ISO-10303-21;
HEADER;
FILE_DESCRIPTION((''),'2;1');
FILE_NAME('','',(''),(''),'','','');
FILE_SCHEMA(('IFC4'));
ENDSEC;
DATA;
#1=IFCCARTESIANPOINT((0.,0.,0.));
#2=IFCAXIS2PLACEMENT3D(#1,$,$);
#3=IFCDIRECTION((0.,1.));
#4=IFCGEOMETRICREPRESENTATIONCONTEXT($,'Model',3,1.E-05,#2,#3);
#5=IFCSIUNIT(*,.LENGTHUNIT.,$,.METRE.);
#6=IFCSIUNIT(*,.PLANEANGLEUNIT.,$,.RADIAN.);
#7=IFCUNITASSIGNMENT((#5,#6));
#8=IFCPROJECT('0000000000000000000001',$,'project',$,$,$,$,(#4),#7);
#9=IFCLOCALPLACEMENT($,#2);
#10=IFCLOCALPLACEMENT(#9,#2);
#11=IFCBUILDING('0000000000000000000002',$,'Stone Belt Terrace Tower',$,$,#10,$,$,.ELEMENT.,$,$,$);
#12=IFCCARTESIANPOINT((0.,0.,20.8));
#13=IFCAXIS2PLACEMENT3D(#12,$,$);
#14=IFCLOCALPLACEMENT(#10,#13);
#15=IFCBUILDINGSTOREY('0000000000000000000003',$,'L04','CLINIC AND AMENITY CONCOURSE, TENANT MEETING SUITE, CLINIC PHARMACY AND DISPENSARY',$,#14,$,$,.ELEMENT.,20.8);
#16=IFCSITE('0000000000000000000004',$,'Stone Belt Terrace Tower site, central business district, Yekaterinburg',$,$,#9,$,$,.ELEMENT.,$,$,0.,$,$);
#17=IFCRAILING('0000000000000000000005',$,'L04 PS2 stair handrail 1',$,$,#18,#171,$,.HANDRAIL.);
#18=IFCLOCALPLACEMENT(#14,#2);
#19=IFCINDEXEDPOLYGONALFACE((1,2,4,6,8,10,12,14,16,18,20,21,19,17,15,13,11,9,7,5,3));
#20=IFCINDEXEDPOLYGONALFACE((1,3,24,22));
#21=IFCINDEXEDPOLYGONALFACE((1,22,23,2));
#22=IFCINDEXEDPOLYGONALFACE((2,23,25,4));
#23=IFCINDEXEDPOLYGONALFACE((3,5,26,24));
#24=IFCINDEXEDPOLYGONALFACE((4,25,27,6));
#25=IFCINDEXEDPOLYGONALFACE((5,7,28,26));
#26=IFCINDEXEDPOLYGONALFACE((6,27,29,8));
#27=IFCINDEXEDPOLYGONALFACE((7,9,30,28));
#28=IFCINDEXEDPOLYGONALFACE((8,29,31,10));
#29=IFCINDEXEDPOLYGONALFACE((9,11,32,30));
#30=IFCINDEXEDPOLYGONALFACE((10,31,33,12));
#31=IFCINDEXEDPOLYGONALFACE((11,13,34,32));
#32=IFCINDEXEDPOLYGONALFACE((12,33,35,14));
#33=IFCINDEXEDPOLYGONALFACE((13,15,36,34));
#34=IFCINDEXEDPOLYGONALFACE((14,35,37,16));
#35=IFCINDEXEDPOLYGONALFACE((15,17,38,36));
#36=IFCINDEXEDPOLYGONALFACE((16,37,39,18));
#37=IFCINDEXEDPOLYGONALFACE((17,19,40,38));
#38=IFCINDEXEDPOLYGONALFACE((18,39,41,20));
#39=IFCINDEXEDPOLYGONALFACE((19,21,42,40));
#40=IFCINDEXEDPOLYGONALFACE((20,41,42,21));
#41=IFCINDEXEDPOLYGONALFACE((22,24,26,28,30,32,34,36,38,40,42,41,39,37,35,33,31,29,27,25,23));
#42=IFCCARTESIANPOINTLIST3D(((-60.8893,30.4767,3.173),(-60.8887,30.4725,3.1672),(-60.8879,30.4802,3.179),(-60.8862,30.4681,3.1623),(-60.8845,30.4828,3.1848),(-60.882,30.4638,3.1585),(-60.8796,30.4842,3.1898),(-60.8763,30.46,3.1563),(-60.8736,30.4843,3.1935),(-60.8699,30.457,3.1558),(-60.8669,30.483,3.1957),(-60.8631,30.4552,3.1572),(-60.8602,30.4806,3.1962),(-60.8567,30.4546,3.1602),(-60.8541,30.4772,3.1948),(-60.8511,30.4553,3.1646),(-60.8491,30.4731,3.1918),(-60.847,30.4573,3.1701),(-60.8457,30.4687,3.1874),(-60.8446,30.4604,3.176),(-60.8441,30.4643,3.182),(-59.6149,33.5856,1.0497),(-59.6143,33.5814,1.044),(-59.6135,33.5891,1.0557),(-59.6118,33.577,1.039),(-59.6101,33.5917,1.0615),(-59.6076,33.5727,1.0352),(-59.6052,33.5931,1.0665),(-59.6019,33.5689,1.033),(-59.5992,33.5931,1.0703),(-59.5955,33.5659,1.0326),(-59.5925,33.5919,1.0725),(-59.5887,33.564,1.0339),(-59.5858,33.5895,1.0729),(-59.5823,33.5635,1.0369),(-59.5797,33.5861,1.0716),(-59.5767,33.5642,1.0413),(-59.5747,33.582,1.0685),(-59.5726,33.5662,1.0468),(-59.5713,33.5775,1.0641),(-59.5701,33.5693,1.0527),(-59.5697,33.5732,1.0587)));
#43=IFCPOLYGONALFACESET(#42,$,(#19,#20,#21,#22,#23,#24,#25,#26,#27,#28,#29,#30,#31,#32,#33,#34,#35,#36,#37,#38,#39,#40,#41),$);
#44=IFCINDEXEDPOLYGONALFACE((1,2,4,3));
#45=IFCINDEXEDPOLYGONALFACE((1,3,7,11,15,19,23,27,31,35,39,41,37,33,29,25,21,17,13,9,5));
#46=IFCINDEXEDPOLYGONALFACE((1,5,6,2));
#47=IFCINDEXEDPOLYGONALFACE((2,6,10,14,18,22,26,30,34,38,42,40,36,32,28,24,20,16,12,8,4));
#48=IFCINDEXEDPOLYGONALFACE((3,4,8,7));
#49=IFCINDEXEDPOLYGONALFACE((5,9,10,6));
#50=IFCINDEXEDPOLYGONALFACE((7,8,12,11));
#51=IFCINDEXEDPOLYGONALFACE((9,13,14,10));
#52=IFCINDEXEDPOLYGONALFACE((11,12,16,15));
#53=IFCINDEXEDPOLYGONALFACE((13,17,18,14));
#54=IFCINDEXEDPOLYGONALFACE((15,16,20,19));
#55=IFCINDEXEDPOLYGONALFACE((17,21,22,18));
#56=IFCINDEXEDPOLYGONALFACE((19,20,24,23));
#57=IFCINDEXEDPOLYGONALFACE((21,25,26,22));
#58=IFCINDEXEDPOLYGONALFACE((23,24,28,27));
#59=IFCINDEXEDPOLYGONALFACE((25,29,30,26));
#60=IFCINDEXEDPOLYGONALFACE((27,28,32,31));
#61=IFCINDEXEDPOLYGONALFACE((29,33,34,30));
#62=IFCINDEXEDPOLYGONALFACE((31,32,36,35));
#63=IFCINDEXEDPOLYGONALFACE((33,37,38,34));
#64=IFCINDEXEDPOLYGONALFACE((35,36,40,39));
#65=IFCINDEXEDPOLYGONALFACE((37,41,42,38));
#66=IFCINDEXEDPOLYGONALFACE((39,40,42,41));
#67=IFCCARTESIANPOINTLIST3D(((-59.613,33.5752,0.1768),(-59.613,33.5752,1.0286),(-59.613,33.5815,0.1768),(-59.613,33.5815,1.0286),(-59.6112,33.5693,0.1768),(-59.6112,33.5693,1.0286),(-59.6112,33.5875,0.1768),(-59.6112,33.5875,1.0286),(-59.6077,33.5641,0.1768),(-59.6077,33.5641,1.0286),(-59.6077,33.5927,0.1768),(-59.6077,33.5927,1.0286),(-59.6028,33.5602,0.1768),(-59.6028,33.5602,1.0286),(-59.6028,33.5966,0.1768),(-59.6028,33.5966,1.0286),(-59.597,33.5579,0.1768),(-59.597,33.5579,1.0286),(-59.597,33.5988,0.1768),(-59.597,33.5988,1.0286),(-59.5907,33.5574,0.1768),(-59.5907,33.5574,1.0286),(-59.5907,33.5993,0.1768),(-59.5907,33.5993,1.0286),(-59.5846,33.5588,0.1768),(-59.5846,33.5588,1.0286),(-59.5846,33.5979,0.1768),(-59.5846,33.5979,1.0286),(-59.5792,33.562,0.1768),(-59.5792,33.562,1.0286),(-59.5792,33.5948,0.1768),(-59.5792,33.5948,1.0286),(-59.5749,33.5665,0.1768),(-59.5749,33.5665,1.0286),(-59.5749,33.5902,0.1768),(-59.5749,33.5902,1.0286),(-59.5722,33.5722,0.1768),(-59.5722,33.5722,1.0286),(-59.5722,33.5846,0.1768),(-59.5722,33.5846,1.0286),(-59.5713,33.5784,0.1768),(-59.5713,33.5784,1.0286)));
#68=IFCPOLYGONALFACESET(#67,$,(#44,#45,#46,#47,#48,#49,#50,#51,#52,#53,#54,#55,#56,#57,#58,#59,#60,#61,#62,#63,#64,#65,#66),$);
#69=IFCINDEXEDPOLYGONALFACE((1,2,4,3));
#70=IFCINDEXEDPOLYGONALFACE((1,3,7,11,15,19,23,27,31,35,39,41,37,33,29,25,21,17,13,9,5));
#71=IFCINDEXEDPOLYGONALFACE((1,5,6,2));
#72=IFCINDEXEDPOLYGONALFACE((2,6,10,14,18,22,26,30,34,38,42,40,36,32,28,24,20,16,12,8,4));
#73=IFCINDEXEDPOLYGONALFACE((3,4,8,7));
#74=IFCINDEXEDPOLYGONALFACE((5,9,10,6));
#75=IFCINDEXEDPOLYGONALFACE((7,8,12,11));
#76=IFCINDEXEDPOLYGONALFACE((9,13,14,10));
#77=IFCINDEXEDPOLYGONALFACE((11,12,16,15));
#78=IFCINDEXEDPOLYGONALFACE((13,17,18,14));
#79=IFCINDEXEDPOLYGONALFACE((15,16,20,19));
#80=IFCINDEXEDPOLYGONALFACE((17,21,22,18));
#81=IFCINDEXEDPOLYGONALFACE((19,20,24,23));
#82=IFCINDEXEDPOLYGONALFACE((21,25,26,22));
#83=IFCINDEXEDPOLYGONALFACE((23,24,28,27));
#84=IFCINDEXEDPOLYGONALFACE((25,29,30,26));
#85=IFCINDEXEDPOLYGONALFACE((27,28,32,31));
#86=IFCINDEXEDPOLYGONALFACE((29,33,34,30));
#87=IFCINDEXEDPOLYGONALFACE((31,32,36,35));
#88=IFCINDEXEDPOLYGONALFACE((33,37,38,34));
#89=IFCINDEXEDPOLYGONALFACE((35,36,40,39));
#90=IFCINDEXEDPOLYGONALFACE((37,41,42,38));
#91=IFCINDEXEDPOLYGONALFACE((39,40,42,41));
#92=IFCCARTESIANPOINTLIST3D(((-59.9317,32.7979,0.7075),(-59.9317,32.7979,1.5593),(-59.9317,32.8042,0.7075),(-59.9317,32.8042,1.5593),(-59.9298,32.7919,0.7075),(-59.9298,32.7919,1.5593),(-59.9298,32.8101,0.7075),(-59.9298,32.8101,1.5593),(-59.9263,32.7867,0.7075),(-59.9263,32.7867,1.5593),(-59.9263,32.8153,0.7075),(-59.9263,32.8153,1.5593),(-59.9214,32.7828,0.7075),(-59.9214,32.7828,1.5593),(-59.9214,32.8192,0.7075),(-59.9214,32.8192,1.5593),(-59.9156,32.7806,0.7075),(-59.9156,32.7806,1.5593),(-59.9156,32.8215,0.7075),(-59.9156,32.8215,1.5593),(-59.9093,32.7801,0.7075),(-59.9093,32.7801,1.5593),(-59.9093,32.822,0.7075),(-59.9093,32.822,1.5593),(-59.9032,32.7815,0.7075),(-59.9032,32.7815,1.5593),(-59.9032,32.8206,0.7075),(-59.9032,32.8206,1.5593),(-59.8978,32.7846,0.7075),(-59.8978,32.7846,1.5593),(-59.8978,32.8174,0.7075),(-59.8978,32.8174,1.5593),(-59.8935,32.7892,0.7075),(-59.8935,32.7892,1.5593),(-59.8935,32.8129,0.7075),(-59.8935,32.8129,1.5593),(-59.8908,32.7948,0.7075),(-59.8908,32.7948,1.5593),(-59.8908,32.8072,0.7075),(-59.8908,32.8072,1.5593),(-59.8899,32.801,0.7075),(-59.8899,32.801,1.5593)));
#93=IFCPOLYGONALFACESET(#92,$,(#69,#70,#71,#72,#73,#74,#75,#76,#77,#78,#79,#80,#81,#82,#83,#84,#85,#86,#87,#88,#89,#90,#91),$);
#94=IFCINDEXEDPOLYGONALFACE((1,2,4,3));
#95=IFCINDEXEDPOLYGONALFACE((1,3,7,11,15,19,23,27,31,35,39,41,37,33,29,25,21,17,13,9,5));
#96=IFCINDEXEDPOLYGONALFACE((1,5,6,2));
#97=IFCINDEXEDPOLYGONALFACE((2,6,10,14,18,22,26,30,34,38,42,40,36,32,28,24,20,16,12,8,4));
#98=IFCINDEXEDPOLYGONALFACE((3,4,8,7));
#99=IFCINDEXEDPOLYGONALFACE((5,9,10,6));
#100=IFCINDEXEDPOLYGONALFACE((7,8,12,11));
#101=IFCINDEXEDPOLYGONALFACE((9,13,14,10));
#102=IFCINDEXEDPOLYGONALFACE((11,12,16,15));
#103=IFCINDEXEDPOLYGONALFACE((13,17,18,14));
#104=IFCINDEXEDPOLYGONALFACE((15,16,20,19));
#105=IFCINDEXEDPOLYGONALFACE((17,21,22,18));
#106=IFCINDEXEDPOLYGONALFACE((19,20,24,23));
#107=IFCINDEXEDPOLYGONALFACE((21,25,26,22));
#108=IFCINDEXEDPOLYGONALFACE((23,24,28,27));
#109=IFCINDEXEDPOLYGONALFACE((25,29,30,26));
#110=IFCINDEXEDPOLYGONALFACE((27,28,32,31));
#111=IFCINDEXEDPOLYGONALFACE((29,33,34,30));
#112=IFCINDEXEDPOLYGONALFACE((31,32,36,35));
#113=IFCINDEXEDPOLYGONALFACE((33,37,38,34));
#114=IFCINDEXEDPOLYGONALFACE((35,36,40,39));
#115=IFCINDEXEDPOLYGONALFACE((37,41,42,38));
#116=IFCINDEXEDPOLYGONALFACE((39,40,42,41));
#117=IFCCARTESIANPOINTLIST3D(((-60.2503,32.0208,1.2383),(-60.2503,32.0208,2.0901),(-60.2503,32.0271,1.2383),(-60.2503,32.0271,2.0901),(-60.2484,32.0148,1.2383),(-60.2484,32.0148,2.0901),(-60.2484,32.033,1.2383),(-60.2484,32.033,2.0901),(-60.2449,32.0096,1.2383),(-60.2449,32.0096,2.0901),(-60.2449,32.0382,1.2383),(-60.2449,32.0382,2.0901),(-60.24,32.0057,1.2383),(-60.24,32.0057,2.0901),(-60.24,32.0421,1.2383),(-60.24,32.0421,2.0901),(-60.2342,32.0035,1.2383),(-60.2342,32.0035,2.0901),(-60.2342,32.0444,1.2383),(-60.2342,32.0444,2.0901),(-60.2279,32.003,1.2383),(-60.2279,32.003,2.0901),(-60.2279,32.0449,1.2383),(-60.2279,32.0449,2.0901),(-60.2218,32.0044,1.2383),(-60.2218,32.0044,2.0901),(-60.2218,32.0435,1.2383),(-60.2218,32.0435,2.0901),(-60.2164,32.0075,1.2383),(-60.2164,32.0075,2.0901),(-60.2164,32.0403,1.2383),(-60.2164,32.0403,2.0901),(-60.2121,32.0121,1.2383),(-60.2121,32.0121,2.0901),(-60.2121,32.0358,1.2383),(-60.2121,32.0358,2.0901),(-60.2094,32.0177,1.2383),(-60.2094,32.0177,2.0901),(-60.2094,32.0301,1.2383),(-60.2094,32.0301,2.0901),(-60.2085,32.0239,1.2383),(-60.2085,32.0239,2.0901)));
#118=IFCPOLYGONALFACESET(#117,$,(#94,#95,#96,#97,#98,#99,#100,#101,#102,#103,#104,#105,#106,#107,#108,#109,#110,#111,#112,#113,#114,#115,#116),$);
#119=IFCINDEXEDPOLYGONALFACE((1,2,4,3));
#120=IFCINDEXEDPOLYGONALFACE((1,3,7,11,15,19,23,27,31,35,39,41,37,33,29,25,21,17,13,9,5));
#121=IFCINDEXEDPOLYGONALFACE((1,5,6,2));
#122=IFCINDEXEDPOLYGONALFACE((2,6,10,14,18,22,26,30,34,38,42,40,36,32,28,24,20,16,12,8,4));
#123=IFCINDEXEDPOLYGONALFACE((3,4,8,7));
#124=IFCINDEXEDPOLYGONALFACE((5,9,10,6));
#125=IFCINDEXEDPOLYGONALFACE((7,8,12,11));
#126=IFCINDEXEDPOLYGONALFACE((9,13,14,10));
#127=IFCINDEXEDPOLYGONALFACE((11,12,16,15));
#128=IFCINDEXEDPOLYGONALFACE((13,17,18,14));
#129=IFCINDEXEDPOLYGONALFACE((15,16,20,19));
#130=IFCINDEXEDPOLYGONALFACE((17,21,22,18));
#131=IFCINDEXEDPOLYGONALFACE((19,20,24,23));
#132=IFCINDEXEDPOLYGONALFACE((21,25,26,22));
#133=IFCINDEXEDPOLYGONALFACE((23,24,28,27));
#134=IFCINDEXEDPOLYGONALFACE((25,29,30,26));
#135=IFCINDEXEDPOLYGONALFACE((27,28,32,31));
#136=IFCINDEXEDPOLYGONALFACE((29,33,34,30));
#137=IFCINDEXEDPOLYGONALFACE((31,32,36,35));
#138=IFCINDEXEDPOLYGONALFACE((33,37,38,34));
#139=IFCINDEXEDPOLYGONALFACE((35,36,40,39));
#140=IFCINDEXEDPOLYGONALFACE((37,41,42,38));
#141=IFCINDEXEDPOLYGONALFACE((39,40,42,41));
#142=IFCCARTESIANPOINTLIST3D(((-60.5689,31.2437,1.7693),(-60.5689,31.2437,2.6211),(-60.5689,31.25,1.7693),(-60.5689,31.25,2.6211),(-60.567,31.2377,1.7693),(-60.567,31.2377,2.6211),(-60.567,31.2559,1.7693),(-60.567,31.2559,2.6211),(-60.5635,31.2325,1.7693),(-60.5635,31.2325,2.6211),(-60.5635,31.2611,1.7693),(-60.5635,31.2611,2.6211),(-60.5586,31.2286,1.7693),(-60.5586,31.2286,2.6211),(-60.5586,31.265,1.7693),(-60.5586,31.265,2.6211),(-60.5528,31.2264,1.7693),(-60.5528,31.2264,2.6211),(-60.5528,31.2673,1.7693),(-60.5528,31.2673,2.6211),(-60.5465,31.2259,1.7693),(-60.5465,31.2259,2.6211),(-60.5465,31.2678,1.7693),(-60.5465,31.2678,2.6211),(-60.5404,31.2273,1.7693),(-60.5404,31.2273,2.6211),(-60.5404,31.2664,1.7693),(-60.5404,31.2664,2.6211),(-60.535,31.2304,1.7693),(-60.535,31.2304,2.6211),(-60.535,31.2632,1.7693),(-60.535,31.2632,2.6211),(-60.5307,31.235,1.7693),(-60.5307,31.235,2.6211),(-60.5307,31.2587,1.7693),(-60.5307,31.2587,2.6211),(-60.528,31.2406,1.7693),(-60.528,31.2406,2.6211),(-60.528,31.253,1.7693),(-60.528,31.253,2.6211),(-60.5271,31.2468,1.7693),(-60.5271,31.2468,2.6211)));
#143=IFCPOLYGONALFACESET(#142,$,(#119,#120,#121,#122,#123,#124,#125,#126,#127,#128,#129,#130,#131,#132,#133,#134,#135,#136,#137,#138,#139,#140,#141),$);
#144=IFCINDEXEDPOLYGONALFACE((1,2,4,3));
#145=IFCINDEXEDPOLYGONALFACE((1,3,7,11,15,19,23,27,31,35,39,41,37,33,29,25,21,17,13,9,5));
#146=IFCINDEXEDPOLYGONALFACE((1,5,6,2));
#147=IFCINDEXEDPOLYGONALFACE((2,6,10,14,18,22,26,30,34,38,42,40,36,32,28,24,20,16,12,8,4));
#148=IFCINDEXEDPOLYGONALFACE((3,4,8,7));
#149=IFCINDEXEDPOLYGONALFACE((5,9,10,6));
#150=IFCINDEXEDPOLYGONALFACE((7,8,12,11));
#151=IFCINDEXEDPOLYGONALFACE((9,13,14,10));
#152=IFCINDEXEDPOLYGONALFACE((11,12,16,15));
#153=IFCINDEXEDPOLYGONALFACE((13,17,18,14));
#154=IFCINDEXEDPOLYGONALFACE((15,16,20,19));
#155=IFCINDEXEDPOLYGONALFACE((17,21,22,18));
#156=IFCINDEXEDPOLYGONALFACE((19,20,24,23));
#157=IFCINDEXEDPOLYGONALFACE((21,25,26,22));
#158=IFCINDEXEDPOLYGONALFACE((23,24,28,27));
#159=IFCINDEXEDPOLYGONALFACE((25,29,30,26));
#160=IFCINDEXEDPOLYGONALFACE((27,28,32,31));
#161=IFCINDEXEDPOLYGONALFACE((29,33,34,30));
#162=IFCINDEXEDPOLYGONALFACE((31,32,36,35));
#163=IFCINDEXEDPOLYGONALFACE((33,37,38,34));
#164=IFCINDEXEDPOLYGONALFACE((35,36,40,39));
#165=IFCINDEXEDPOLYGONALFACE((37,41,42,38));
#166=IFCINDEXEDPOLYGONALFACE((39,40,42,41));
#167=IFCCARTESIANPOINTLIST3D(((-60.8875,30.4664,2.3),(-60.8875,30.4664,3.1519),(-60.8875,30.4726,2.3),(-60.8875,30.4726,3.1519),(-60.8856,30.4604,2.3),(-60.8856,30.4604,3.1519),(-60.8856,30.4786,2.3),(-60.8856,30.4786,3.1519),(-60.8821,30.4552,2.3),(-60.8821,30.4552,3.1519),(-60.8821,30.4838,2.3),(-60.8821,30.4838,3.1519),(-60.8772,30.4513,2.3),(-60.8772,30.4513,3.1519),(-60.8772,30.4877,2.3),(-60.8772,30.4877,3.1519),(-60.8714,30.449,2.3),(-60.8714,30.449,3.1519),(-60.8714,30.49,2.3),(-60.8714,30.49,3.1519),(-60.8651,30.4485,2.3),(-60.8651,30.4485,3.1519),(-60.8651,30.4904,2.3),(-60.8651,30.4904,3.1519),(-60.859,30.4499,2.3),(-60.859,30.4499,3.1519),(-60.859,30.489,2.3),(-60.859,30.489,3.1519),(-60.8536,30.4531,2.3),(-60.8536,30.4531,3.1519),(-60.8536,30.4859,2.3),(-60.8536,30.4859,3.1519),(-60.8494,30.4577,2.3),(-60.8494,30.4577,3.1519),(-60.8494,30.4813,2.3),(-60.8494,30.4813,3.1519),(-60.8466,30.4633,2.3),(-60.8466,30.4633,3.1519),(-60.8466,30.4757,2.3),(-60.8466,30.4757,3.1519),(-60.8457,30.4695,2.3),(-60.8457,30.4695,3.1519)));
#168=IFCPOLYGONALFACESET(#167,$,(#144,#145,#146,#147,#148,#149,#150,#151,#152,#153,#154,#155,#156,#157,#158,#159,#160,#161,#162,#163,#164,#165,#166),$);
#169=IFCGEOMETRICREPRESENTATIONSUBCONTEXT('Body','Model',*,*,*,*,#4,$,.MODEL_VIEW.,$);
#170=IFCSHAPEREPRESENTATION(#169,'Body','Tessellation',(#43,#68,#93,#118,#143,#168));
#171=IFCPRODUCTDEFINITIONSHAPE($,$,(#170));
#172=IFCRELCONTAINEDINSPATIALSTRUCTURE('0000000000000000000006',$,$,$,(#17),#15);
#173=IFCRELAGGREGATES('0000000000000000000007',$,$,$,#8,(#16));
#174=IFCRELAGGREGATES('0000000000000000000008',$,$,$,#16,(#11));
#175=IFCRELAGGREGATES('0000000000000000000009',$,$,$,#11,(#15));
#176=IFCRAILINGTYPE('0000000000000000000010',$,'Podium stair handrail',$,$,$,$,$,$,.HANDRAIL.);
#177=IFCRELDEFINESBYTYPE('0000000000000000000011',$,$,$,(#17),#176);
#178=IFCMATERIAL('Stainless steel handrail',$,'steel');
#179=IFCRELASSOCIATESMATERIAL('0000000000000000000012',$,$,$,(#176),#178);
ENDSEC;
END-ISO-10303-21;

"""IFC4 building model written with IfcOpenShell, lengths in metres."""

from ifc_helpers import new_model, si_unit, direction, frame, origin, origin_2d, place, context, subcontext, project, spatial, circle, extrude, material, type_object, element, save


model = new_model("IFC4")

# Units and contexts
model_context = context("Model", 3, precision=1e-05, world=origin(), true_north=direction((0.0, 1.0)))
body_context = subcontext(model_context, "Body", "Model", "MODEL_VIEW")
ifc_project = project(units=[si_unit("LENGTHUNIT", "METRE"), si_unit("PLANEANGLEUNIT", "RADIAN")], contexts=[model_context])

# Site, building, storey
site_placement = place(None, origin())
site = spatial("IfcSite", under=ifc_project, at=site_placement, Name="Stone Belt Terrace Tower site, central business district, Yekaterinburg", CompositionType="ELEMENT", RefElevation=0.0)
building_placement = place(site_placement, origin())
building = spatial("IfcBuilding", under=site, at=building_placement, Name="Stone Belt Terrace Tower", CompositionType="ELEMENT")
storey_placement = place(building_placement, frame((0.0, 0.0, 20.8)))
storey = spatial("IfcBuildingStorey", under=building, at=storey_placement, Name="L04", Description="CLINIC AND AMENITY CONCOURSE, TENANT MEETING SUITE, CLINIC PHARMACY AND DISPENSARY", CompositionType="ELEMENT", Elevation=20.8)

# Railing
ifc_material_1 = material(Name="Stainless steel handrail", Category="steel")
railing_type_1 = type_object("IfcRailingType", Name="Podium stair handrail", PredefinedType="HANDRAIL", material=ifc_material_1)
railing_1_placement = place(storey_placement, frame((-59.5923, 33.5784, 0.1768)))
element("IfcRailing", 1, at=railing_1_placement, inside=storey, type_object=railing_type_1, Name="L04 PS2 stair handrail 1", PredefinedType="HANDRAIL", context=body_context, shape_type="SweptSolid", body=[
    extrude(circle(Radius=0.0239, at=origin_2d()), frame((0.0, 0.0, 0.876), z_axis=(-0.320637, -0.782183, 0.534211), x_axis=(0.925276, -0.379295, 0.0)), (0.0, 0.0, 1.0), 3.9746),
    extrude(circle(Radius=0.021, at=origin_2d()), origin(), (0.0, 0.0, 1.0), 0.8518),
    extrude(circle(Radius=0.021, at=origin_2d()), frame((-0.3186, -0.7773, 0.5308)), (0.0, 0.0, 1.0), 0.8518),
    extrude(circle(Radius=0.021, at=origin_2d()), frame((-0.6372, -1.5544, 1.0615)), (0.0, 0.0, 1.0), 0.8518),
    extrude(circle(Radius=0.021, at=origin_2d()), frame((-0.9558, -2.3315, 1.5925)), (0.0, 0.0, 1.0), 0.8518),
    extrude(circle(Radius=0.021, at=origin_2d()), frame((-1.2744, -3.1089, 2.1233)), (0.0, 0.0, 1.0), 0.8518),
])

save(model, "model.ifc")
